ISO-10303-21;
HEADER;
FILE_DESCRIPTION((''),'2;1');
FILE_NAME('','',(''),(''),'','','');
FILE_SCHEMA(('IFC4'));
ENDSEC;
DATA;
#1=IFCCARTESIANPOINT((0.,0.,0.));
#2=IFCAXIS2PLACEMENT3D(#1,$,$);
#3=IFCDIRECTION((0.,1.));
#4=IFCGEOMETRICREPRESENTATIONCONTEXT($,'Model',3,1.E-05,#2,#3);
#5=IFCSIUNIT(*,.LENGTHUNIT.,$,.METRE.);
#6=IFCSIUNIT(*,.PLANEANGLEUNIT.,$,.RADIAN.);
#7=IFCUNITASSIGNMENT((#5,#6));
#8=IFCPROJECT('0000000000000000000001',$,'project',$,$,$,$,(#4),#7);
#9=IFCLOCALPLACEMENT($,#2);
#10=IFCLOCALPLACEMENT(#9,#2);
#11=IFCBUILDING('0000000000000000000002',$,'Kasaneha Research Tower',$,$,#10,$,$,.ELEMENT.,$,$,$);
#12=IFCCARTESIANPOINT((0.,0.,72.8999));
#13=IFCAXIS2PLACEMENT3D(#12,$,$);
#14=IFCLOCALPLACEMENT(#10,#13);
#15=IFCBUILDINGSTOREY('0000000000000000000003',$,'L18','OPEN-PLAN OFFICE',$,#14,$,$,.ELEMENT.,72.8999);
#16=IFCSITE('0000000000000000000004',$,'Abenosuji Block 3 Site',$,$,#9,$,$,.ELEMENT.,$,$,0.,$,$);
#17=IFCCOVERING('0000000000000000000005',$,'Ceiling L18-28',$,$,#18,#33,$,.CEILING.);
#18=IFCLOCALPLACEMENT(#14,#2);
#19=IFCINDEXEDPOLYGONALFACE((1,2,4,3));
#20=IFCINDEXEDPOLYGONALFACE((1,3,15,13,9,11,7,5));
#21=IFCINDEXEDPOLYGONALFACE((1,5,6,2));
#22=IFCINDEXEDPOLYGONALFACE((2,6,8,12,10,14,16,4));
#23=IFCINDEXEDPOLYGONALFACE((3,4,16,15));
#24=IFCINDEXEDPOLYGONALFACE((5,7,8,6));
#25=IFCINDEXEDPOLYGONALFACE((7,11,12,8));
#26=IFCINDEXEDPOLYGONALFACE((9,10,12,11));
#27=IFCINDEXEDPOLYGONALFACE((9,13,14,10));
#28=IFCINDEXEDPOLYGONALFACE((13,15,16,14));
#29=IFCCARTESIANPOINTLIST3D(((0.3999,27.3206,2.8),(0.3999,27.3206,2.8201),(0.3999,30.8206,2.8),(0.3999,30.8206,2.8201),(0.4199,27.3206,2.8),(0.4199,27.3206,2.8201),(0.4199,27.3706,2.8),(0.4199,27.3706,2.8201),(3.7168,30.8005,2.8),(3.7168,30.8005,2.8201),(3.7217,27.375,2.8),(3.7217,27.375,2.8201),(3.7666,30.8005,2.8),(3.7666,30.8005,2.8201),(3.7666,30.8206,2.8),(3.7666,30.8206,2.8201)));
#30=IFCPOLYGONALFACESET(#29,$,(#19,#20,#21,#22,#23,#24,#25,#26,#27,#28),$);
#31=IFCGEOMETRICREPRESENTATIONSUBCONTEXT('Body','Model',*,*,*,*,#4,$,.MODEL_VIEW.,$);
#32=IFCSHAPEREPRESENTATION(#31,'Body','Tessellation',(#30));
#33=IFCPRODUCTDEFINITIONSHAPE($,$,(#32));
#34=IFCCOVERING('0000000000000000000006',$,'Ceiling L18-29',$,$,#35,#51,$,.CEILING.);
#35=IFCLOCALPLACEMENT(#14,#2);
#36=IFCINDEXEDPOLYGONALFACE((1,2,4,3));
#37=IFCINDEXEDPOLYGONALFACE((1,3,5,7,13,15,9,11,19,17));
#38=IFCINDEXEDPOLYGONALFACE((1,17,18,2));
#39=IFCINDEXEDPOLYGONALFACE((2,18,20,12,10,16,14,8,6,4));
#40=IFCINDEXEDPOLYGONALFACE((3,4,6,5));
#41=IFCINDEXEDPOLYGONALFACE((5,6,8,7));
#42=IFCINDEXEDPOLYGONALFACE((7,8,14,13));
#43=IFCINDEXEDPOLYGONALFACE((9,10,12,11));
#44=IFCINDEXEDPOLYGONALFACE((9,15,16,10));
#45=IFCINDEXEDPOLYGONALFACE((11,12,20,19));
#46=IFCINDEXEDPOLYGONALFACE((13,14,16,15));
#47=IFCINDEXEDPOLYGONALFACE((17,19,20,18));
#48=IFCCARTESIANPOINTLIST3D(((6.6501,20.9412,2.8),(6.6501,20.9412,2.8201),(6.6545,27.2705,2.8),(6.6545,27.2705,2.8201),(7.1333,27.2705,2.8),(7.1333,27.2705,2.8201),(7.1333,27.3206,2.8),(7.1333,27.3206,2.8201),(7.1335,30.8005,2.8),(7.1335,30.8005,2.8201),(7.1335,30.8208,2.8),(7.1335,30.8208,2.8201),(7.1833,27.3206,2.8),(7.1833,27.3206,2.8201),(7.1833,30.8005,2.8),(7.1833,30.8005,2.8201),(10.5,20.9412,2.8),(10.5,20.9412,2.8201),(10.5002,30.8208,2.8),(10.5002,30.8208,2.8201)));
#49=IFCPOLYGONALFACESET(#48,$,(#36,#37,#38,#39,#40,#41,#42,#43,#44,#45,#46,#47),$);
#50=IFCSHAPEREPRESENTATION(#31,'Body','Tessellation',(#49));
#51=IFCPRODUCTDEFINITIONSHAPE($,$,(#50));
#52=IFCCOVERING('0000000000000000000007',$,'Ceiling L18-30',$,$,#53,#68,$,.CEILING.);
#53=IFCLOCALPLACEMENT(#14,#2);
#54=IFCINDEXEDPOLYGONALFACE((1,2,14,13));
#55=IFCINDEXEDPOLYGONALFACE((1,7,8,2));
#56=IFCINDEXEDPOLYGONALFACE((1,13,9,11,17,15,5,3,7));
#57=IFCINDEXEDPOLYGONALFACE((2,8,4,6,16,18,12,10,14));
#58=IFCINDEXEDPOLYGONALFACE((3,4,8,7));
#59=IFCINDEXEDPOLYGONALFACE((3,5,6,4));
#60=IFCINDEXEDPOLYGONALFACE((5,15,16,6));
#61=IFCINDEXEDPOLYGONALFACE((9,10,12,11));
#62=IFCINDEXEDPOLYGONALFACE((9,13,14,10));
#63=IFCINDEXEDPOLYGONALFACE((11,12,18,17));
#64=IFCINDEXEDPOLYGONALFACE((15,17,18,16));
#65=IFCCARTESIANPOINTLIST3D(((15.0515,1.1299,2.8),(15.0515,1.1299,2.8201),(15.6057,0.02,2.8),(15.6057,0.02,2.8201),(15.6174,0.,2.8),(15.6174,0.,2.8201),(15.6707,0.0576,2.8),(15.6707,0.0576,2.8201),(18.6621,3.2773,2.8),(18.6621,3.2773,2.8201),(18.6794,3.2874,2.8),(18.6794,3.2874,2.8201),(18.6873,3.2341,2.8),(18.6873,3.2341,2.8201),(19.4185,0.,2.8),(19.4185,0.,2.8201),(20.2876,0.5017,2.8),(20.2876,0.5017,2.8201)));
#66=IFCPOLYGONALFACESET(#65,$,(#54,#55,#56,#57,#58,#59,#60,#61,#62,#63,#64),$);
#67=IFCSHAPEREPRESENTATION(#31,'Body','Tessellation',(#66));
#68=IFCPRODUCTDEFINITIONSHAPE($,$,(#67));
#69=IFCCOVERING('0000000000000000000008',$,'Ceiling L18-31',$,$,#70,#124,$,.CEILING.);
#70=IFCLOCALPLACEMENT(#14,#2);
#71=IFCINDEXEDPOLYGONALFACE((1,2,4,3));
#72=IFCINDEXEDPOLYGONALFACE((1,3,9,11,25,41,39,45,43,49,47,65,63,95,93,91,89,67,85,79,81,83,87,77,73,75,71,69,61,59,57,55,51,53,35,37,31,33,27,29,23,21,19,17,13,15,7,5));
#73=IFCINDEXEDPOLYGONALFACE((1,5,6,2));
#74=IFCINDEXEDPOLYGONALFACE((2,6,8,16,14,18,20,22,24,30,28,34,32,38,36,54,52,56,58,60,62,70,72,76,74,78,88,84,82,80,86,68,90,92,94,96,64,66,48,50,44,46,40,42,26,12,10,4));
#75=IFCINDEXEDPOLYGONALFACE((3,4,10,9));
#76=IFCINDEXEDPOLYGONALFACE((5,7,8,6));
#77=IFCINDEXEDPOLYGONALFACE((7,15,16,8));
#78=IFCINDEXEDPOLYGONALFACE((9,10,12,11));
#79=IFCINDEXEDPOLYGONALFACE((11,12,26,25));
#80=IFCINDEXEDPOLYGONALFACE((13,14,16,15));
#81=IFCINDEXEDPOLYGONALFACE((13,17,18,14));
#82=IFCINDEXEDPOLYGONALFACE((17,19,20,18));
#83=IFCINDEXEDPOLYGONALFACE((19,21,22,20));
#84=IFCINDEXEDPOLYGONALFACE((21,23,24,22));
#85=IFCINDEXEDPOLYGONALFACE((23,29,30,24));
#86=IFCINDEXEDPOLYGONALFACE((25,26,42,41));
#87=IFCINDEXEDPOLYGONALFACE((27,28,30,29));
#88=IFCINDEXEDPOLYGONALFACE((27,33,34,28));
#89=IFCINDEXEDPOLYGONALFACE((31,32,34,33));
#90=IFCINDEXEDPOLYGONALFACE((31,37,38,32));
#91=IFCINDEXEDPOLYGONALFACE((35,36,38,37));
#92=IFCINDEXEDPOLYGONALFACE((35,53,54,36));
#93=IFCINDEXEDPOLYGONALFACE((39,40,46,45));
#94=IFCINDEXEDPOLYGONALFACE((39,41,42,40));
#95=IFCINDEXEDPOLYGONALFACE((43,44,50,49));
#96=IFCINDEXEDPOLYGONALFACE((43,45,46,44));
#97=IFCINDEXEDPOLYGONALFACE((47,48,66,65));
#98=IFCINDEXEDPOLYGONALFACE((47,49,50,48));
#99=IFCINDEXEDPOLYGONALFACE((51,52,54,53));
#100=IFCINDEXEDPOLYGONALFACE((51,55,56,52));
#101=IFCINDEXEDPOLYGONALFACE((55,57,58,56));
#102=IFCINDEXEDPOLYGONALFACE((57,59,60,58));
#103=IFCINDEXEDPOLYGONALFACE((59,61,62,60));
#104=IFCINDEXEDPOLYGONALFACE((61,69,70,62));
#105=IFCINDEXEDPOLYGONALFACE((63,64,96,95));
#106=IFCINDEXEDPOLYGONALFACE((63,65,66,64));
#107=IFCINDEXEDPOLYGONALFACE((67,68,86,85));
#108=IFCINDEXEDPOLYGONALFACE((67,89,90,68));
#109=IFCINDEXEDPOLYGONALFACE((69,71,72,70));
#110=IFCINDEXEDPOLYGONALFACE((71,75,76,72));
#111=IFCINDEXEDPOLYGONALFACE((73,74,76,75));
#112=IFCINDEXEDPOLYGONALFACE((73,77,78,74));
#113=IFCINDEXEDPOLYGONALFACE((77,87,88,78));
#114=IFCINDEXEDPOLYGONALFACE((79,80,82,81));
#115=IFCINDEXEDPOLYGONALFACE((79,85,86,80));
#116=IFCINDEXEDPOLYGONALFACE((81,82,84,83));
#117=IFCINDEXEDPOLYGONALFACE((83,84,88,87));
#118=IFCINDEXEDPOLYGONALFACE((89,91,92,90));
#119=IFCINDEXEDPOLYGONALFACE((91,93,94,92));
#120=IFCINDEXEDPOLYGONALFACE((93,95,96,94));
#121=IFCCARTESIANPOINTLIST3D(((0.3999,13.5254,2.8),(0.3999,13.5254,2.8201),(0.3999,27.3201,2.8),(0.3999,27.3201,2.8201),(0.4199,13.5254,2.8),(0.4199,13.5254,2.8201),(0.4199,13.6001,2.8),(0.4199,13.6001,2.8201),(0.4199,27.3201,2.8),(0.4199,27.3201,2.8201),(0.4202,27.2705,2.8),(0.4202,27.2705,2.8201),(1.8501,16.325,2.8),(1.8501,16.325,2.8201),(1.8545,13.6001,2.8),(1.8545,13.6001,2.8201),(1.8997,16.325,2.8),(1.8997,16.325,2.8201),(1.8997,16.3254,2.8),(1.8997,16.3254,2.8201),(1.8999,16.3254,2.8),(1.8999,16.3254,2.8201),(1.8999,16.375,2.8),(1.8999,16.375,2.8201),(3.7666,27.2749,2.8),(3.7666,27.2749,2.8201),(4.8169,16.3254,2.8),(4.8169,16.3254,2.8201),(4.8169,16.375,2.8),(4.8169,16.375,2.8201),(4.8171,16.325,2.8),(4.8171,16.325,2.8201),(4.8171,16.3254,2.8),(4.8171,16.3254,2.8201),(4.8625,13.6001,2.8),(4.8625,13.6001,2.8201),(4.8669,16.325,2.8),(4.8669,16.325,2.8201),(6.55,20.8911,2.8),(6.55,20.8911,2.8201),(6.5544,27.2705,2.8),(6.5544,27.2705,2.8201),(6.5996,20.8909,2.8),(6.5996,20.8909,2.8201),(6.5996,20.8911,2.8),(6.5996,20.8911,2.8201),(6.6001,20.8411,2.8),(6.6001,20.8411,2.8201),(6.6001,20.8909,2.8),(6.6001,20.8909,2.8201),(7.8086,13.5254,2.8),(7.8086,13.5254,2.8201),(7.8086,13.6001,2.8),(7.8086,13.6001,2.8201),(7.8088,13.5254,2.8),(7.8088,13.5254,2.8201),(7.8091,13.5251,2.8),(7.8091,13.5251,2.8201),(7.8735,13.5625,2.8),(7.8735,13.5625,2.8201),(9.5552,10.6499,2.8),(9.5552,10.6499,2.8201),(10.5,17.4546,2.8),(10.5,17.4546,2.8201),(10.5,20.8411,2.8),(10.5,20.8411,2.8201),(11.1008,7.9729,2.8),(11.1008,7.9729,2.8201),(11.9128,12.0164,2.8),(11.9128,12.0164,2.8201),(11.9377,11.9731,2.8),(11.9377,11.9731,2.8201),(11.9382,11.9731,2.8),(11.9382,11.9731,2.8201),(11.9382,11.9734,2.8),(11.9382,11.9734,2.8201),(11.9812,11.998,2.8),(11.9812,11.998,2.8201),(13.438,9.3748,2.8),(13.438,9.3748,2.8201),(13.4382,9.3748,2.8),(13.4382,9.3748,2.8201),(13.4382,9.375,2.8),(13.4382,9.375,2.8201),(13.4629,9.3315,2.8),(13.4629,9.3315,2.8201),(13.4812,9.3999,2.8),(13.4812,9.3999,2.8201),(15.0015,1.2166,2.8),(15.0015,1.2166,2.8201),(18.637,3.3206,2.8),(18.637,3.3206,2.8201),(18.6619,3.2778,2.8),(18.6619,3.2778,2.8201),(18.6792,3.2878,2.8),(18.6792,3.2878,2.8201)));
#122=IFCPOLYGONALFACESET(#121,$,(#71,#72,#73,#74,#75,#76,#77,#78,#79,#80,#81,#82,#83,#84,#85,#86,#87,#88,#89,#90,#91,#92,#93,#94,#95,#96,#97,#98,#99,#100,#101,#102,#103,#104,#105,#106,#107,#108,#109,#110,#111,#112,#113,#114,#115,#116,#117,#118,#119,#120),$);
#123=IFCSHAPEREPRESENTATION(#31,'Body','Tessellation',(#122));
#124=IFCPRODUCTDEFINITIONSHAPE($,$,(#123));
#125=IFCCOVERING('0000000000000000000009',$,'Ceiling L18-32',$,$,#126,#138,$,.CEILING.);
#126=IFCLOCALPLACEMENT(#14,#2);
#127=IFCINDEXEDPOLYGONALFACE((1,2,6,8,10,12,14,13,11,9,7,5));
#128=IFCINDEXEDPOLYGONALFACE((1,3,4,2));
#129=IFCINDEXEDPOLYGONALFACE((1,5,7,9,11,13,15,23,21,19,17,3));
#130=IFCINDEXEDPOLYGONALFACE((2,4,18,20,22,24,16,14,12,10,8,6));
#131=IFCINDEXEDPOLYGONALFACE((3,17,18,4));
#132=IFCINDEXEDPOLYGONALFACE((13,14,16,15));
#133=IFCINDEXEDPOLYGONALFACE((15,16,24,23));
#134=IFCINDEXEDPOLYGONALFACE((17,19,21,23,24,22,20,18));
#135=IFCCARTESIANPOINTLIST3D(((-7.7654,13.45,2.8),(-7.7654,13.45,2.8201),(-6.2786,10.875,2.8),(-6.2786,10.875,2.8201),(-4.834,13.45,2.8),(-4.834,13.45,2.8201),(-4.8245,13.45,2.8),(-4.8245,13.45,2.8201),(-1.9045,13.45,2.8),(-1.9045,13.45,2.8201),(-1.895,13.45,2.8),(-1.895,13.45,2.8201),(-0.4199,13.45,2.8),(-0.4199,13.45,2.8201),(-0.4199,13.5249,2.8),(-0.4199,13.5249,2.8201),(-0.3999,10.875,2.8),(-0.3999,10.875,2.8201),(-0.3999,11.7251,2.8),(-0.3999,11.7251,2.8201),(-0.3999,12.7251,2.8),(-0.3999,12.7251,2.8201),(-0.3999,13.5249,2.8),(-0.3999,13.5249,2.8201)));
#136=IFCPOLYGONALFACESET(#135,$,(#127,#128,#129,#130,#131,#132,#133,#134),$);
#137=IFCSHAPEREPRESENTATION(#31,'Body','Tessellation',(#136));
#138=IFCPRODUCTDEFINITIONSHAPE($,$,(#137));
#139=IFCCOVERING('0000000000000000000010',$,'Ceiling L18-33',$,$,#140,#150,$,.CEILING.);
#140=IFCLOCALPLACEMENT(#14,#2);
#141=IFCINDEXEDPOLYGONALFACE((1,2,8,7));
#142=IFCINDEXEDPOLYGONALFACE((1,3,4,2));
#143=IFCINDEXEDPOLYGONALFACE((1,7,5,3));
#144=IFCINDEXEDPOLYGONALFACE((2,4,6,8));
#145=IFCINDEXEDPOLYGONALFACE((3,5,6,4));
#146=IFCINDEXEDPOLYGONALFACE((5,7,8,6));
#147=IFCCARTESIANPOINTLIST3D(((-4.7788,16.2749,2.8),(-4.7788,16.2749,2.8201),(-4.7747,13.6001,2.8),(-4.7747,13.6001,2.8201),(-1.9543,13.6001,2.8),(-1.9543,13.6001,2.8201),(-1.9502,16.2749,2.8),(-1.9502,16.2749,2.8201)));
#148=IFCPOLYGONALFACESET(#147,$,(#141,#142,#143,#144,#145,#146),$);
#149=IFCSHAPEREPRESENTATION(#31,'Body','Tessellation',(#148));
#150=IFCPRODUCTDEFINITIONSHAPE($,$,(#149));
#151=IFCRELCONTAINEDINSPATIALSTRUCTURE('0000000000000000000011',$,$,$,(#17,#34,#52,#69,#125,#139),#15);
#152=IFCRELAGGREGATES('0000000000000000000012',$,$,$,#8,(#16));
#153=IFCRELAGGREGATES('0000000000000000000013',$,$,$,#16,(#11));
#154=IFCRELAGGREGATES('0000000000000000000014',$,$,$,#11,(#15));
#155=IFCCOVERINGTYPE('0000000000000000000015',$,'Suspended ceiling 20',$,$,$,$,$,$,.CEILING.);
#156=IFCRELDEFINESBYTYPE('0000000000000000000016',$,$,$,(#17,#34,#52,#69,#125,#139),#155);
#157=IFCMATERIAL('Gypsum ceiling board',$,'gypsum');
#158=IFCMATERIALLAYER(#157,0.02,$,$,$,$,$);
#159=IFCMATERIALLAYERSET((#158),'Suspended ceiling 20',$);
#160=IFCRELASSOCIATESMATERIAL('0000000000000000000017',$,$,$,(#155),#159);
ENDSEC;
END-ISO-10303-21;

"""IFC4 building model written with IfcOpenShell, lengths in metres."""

from ifc_helpers import new_model, si_unit, direction, frame, origin, place, context, subcontext, project, spatial, polyline, outline, extrude, material, layer, layer_set, type_object, element, save


model = new_model("IFC4")

# Units and contexts
model_context = context("Model", 3, precision=1e-05, world=origin(), true_north=direction((0.0, 1.0)))
body_context = subcontext(model_context, "Body", "Model", "MODEL_VIEW")
ifc_project = project(units=[si_unit("LENGTHUNIT", "METRE"), si_unit("PLANEANGLEUNIT", "RADIAN")], contexts=[model_context])

# Site, building, storey
site_placement = place(None, origin())
site = spatial("IfcSite", under=ifc_project, at=site_placement, Name="Abenosuji Block 3 Site", CompositionType="ELEMENT", RefElevation=0.0)
building_placement = place(site_placement, origin())
building = spatial("IfcBuilding", under=site, at=building_placement, Name="Kasaneha Research Tower", CompositionType="ELEMENT")
storey_placement = place(building_placement, frame((0.0, 0.0, 72.8999)))
storey = spatial("IfcBuildingStorey", under=building, at=storey_placement, Name="L18", Description="OPEN-PLAN OFFICE", CompositionType="ELEMENT", Elevation=72.8999)

# Coverings
ifc_material_1 = material(Name="Gypsum ceiling board", Category="gypsum")
ifc_layer_1 = layer(ifc_material_1, 0.02)
ifc_layer_set_1 = layer_set([ifc_layer_1], Name="Suspended ceiling 20")
covering_type_1 = type_object("IfcCoveringType", Name="Suspended ceiling 20", PredefinedType="CEILING", material=ifc_layer_set_1)
covering_1_placement = place(storey_placement, frame((0.0, 0.0, 2.8)))
element("IfcCovering", 1, at=covering_1_placement, inside=storey, type_object=covering_type_1, Name="Ceiling L18-28", PredefinedType="CEILING", context=body_context, shape_type="SweptSolid", body=[
    extrude(outline(polyline([(3.7666, 30.8206), (3.7666, 30.8005), (3.7168, 30.8005), (3.7217, 27.375), (0.4199, 27.3706), (0.4199, 27.3206), (0.3999, 27.3206), (0.3999, 30.8206), (3.7666, 30.8206)])), origin(), (0.0, 0.0, 1.0), 0.02),
])
covering_2_placement = place(storey_placement, frame((0.0, 0.0, 2.8)))
element("IfcCovering", 2, at=covering_2_placement, inside=storey, type_object=covering_type_1, Name="Ceiling L18-29", PredefinedType="CEILING", context=body_context, shape_type="SweptSolid", body=[
    extrude(outline(polyline([(10.5002, 30.8208), (10.5, 20.8911), (10.5, 20.9412), (6.6501, 20.9412), (6.6545, 27.2705), (7.1333, 27.2705), (7.1333, 27.3206), (7.1833, 27.3206), (7.1833, 30.8005), (7.1335, 30.8005), (7.1335, 30.8208), (10.5002, 30.8208)])), origin(), (0.0, 0.0, 1.0), 0.02),
])
covering_3_placement = place(storey_placement, frame((0.0, 0.0, 2.8)))
element("IfcCovering", 3, at=covering_3_placement, inside=storey, type_object=covering_type_1, Name="Ceiling L18-30", PredefinedType="CEILING", context=body_context, shape_type="SweptSolid", body=[
    extrude(outline(polyline([(19.4185, 0.0), (15.6174, 0.0), (15.6057, 0.02), (15.6707, 0.0576), (15.0515, 1.1299), (18.6873, 3.2341), (18.6621, 3.2773), (18.6794, 3.2874), (20.2876, 0.5017), (19.4185, 0.0)])), origin(), (0.0, 0.0, 1.0), 0.02),
])
covering_4_placement = place(storey_placement, frame((0.0, 0.0, 2.8)))
element("IfcCovering", 4, at=covering_4_placement, inside=storey, type_object=covering_type_1, Name="Ceiling L18-31", PredefinedType="CEILING", context=body_context, shape_type="SweptSolid", body=[
    extrude(outline(polyline([(13.4382, 9.3748), (13.4382, 9.375), (13.4812, 9.3999), (11.9812, 11.998), (11.9382, 11.9731), (11.9382, 11.9734), (11.9377, 11.9731), (11.9128, 12.0164), (9.5552, 10.6499), (7.8735, 13.5625), (7.8091, 13.5251), (7.8088, 13.5254), (7.8086, 13.5254), (7.8086, 13.6001), (4.8625, 13.6001), (4.8669, 16.325), (4.8171, 16.325), (4.8171, 16.3254), (4.8169, 16.3254), (4.8169, 16.375), (1.8999, 16.375), (1.8999, 16.3254), (1.8997, 16.3254), (1.8997, 16.325), (1.8501, 16.325), (1.8545, 13.6001), (0.4199, 13.6001), (0.4199, 13.5254), (0.3999, 13.5254), (0.3999, 27.3201), (0.4199, 27.3201), (0.4202, 27.2705), (3.7666, 27.2749), (6.5544, 27.2705), (6.55, 20.8911), (6.5996, 20.8911), (6.5996, 20.8909), (6.6001, 20.8909), (6.6001, 20.8411), (10.5, 20.8411), (10.5, 17.4546), (18.6792, 3.2878), (18.6619, 3.2778), (18.637, 3.3206), (15.0015, 1.2166), (11.1008, 7.9729), (13.4629, 9.3315), (13.438, 9.3748), (13.4382, 9.3748)])), origin(), (0.0, 0.0, 1.0), 0.02),
])
covering_5_placement = place(storey_placement, frame((0.0, 0.0, 2.8)))
element("IfcCovering", 5, at=covering_5_placement, inside=storey, type_object=covering_type_1, Name="Ceiling L18-32", PredefinedType="CEILING", context=body_context, shape_type="SweptSolid", body=[
    extrude(outline(polyline([(-0.3999, 11.7251), (-0.3999, 10.875), (-6.2786, 10.875), (-7.7654, 13.45), (-7.7654, 13.45), (-4.834, 13.45), (-4.8245, 13.45), (-1.9045, 13.45), (-1.895, 13.45), (-0.4199, 13.45), (-0.4199, 13.5249), (-0.3999, 13.5249), (-0.3999, 12.7251), (-0.3999, 11.7251)])), origin(), (0.0, 0.0, 1.0), 0.02),
])
covering_6_placement = place(storey_placement, frame((0.0, 0.0, 2.8)))
element("IfcCovering", 6, at=covering_6_placement, inside=storey, type_object=covering_type_1, Name="Ceiling L18-33", PredefinedType="CEILING", context=body_context, shape_type="SweptSolid", body=[
    extrude(outline(polyline([(-4.7747, 13.6001), (-4.7788, 16.2749), (-1.9502, 16.2749), (-1.9543, 13.6001), (-4.7747, 13.6001)])), origin(), (0.0, 0.0, 1.0), 0.02),
])

save(model, "model.ifc")
